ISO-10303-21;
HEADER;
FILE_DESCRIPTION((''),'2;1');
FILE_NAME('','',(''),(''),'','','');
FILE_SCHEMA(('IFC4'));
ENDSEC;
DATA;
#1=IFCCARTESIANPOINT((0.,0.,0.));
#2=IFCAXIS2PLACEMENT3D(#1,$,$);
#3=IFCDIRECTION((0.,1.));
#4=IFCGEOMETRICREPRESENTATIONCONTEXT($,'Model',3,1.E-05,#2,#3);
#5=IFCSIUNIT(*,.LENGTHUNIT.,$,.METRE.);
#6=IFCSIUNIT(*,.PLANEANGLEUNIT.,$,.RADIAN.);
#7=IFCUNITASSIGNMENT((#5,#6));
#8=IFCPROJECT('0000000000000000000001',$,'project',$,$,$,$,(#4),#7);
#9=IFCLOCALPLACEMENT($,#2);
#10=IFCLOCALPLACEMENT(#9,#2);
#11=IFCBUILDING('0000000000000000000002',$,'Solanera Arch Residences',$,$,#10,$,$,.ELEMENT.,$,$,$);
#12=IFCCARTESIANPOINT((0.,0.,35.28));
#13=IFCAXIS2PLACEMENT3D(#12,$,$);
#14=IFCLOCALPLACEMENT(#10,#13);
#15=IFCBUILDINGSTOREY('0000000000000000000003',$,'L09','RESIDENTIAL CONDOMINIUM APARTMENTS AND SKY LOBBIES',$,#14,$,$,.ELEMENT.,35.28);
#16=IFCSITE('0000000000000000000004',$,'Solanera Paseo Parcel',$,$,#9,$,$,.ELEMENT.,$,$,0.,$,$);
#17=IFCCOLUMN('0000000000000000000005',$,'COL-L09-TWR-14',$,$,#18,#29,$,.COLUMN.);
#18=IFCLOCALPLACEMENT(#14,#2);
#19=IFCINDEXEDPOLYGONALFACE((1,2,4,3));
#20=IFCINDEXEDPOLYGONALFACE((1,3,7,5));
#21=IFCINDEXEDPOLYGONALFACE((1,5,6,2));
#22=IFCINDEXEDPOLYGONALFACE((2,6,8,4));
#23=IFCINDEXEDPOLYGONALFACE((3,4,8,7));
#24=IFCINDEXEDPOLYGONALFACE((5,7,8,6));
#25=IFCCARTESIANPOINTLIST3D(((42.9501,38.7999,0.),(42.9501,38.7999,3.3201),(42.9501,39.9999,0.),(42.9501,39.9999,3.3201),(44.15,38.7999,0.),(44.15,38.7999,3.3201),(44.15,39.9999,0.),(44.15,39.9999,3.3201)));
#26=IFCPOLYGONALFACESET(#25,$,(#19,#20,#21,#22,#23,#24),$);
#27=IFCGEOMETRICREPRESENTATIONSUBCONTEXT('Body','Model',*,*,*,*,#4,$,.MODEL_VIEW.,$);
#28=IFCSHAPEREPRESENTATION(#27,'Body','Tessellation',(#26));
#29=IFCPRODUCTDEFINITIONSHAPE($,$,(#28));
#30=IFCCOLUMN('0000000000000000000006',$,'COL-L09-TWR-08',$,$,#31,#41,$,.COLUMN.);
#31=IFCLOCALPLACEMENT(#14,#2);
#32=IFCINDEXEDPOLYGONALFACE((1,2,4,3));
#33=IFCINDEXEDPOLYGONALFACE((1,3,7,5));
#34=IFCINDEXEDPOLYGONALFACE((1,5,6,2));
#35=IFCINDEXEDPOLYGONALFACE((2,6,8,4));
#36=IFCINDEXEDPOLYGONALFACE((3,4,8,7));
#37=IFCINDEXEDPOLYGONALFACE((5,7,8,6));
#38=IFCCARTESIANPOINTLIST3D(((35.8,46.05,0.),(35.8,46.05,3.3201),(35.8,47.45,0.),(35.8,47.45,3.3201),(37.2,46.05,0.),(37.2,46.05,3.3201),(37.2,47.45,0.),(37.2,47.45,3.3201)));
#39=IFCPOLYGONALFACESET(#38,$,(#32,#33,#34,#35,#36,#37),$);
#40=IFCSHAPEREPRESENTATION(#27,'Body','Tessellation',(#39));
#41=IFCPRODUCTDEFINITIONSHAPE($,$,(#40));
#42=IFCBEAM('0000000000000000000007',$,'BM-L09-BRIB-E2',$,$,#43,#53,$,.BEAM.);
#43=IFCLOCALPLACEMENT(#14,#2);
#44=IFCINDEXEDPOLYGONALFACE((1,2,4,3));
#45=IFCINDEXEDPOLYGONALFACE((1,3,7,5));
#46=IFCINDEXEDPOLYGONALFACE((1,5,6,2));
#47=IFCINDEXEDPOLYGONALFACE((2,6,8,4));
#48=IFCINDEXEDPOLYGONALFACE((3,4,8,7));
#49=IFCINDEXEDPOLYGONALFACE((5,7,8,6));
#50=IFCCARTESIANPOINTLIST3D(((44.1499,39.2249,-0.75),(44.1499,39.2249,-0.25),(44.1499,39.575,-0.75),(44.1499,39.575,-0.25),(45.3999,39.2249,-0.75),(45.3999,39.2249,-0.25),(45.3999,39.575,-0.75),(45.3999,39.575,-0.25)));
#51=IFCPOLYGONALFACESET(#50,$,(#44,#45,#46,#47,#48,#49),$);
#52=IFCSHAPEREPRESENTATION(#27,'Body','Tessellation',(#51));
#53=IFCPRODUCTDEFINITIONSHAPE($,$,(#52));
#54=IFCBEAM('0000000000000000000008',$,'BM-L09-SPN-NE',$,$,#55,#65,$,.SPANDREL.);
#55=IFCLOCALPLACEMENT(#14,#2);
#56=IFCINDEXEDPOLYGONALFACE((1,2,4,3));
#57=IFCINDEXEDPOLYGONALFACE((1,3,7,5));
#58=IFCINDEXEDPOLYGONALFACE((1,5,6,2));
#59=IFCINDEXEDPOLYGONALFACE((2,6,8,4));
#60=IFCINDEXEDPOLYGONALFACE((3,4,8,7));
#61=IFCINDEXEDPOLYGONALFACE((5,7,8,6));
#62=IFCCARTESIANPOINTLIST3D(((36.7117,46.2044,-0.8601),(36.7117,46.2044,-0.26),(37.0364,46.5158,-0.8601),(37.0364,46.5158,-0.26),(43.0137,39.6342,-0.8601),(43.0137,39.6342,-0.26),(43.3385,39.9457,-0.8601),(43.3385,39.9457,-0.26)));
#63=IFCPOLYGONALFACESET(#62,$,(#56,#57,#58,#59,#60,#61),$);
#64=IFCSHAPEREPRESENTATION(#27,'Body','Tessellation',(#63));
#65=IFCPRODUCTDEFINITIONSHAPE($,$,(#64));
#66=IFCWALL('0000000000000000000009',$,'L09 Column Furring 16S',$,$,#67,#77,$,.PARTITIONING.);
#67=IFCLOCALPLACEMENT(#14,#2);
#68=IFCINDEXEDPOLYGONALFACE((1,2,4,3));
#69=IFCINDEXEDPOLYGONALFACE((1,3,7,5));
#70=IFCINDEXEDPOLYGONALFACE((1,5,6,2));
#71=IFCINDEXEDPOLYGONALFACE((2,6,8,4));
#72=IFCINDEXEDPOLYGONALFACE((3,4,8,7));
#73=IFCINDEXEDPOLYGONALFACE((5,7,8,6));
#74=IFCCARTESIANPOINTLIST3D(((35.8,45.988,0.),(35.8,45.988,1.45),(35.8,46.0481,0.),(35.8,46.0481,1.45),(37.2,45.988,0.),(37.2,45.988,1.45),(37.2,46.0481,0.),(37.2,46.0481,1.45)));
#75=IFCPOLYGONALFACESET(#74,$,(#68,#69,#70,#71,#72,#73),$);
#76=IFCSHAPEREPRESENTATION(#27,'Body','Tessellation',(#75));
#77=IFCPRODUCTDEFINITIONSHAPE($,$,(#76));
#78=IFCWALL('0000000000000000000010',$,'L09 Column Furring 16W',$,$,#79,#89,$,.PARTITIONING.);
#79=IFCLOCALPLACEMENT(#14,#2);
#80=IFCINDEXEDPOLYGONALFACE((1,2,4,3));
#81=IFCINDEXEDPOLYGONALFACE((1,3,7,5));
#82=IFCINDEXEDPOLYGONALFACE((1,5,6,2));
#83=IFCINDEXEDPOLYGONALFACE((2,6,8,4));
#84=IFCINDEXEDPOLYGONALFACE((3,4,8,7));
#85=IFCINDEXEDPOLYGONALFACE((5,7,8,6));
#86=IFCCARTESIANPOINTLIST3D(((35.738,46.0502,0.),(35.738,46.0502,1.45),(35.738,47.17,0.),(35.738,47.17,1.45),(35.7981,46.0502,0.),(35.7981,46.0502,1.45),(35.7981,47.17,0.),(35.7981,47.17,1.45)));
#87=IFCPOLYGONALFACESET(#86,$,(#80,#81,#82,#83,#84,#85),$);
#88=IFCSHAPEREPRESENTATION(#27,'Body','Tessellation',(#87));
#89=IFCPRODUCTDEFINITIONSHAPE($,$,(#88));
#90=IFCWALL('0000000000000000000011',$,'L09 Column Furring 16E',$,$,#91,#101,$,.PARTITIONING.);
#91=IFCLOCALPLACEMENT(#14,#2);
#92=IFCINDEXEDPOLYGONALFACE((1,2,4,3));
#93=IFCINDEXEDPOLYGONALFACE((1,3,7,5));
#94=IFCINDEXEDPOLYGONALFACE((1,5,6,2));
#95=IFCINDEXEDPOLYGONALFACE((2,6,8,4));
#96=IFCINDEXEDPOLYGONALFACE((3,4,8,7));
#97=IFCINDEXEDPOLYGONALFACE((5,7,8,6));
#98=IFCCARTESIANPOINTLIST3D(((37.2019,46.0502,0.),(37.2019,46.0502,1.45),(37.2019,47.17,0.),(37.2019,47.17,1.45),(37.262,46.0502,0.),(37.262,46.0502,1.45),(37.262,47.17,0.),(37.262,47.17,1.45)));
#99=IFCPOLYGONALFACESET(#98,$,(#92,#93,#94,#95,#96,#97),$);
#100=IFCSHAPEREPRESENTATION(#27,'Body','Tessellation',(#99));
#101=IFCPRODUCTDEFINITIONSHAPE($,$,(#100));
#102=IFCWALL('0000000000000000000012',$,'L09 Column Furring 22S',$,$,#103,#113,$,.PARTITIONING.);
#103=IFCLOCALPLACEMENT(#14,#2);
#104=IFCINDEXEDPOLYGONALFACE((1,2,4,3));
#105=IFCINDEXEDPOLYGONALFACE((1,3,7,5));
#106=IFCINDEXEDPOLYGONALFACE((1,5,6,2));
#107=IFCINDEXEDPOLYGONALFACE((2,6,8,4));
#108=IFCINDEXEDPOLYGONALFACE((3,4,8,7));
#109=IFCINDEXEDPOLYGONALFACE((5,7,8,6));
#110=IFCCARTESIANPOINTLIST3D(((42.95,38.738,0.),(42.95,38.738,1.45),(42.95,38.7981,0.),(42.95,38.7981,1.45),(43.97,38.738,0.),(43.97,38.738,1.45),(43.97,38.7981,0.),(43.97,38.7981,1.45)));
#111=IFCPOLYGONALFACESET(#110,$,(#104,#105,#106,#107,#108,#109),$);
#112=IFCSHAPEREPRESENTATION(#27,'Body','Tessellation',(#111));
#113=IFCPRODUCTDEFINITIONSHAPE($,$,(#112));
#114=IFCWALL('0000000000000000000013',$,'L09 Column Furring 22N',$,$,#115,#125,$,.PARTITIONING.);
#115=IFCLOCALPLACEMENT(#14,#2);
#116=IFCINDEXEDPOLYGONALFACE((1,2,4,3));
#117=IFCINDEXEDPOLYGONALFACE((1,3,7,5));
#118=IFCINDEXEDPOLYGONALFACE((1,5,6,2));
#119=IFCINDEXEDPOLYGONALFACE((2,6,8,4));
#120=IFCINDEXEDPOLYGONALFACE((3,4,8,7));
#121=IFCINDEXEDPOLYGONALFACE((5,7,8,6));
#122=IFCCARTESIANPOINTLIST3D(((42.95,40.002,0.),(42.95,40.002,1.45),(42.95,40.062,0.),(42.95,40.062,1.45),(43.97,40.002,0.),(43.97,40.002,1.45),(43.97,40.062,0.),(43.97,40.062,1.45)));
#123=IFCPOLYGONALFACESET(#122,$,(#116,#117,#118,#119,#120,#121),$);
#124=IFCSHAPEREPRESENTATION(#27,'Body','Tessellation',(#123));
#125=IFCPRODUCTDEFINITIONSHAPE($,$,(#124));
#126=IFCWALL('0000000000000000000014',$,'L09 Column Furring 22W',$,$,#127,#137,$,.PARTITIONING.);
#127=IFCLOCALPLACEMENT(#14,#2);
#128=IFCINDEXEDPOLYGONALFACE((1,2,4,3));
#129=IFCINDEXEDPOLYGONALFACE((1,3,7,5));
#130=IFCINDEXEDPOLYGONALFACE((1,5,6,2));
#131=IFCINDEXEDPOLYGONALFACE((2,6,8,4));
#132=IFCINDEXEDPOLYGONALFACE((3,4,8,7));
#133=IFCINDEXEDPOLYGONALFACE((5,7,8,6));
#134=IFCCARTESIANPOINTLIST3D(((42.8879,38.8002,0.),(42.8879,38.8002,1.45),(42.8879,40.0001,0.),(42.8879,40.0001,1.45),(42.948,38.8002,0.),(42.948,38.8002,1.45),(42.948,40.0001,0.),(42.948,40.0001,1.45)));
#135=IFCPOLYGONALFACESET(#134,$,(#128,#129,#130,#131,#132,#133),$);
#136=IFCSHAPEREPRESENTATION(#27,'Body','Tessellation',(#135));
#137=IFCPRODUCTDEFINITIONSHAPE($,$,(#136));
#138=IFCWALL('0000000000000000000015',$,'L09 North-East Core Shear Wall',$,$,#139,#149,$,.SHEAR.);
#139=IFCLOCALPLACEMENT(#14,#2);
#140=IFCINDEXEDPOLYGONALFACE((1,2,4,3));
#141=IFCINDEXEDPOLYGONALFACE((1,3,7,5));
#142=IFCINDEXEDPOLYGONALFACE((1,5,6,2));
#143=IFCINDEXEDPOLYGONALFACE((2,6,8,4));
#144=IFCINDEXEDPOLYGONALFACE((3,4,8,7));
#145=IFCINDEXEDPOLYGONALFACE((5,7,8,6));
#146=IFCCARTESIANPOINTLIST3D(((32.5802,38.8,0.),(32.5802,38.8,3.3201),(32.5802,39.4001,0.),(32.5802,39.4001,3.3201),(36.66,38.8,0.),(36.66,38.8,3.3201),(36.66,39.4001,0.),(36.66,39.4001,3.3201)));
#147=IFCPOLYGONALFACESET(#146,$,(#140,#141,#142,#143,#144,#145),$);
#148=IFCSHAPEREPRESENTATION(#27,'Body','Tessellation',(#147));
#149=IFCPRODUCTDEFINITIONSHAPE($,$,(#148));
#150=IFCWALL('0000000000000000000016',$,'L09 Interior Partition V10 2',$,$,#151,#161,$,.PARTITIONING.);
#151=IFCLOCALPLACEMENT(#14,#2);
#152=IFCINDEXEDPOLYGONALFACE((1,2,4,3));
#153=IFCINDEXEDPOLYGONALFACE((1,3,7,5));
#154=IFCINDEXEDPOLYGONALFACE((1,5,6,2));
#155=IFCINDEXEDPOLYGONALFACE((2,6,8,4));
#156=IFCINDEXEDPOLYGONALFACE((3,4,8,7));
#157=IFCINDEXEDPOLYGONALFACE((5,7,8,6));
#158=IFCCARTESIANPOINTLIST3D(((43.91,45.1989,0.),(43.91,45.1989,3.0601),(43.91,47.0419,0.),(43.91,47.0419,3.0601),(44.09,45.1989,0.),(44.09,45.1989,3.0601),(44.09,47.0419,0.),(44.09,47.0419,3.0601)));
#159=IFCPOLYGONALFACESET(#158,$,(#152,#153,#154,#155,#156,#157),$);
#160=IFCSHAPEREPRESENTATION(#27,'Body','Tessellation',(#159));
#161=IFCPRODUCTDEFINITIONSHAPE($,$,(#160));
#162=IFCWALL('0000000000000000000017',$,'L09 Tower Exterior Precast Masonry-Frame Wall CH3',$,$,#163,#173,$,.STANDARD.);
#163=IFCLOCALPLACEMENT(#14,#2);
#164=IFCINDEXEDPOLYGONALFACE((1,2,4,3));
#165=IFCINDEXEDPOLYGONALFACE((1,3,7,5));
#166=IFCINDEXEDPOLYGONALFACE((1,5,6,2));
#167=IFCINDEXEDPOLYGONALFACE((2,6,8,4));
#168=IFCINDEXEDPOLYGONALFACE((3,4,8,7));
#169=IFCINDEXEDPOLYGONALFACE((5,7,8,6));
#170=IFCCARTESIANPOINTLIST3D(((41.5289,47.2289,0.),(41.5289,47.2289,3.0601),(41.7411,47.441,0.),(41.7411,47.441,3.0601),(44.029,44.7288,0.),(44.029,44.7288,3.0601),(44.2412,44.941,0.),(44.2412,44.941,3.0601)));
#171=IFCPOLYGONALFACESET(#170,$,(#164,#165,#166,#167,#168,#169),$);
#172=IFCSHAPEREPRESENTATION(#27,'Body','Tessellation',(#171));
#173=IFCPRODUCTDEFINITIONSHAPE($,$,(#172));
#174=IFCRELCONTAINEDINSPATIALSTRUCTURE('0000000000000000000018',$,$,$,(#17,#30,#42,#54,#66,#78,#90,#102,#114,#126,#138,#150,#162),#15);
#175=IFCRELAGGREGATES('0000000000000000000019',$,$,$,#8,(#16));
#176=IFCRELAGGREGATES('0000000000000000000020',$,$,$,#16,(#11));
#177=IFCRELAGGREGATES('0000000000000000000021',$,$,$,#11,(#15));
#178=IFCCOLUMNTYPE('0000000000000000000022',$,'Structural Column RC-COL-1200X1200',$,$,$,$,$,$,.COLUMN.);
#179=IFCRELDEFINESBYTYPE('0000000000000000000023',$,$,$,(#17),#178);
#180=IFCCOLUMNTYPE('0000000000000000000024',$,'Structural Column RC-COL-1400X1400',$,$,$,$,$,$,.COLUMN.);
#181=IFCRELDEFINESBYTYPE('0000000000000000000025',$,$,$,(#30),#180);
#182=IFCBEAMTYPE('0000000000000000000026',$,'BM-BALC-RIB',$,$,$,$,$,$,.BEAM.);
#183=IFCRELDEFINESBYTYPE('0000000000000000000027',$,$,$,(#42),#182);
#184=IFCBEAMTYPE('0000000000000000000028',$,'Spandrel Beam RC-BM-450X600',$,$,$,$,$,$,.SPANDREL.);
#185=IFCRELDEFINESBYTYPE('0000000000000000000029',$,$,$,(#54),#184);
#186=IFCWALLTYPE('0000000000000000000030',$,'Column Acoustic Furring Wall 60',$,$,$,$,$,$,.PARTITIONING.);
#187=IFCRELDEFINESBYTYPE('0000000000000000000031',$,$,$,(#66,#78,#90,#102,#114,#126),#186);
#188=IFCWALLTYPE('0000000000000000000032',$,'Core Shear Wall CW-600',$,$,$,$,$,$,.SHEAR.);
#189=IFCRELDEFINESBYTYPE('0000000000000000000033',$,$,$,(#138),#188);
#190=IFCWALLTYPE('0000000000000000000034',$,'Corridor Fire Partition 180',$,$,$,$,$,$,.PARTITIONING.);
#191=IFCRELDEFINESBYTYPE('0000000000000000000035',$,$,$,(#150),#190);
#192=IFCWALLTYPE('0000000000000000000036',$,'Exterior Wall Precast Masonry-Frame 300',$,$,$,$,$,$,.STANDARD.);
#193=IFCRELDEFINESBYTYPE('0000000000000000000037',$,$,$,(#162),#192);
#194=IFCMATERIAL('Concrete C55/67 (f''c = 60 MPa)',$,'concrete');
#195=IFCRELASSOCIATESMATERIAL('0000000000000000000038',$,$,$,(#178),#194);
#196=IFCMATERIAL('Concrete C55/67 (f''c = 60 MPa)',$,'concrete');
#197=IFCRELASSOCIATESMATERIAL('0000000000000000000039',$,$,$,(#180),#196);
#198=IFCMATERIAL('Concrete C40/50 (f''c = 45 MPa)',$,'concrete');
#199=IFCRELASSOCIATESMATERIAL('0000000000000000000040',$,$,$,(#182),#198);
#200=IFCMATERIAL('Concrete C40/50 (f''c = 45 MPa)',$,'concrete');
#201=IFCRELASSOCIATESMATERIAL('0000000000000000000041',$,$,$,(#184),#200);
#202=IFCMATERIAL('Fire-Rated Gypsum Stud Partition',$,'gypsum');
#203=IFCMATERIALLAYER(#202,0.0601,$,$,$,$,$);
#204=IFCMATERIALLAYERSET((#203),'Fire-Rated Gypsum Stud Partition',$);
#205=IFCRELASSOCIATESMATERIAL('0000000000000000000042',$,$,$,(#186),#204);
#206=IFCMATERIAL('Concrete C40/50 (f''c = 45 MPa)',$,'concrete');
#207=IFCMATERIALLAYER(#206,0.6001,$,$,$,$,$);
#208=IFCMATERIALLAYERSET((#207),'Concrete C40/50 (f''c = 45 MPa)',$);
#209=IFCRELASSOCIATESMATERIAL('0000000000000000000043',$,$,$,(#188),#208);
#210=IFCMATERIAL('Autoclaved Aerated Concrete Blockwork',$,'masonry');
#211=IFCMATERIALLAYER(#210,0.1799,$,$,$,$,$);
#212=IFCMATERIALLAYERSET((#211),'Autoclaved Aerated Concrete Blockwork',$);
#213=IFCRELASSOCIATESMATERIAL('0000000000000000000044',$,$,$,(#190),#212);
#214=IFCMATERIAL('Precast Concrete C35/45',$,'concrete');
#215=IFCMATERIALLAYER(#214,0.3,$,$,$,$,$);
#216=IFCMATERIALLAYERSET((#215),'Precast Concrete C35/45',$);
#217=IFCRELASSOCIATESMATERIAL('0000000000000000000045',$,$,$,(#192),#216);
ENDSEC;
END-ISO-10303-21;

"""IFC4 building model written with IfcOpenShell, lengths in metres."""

from ifc_helpers import new_model, si_unit, direction, frame, frame_2d, origin, origin_2d, place, context, subcontext, project, spatial, rectangle, extrude, material, layer, layer_set, material_profile, profile_set, type_object, element, save


model = new_model("IFC4")

# Units and contexts
model_context = context("Model", 3, precision=1e-05, world=origin(), true_north=direction((0.0, 1.0)))
body_context = subcontext(model_context, "Body", "Model", "MODEL_VIEW")
ifc_project = project(units=[si_unit("LENGTHUNIT", "METRE"), si_unit("PLANEANGLEUNIT", "RADIAN")], contexts=[model_context])

# Site, building, storey
site_placement = place(None, origin())
site = spatial("IfcSite", under=ifc_project, at=site_placement, Name="Solanera Paseo Parcel", CompositionType="ELEMENT", RefElevation=0.0)
building_placement = place(site_placement, origin())
building = spatial("IfcBuilding", under=site, at=building_placement, Name="Solanera Arch Residences", CompositionType="ELEMENT")
storey_placement = place(building_placement, frame((0.0, 0.0, 35.28)))
storey = spatial("IfcBuildingStorey", under=building, at=storey_placement, Name="L09", Description="RESIDENTIAL CONDOMINIUM APARTMENTS AND SKY LOBBIES", CompositionType="ELEMENT", Elevation=35.28)

# Columns
ifc_material_1 = material(Name="Concrete C55/67 (f'c = 60 MPa)", Category="concrete")
ifc_material_profile_1 = material_profile(ifc_material_1, rectangle(XDim=1.2, YDim=1.2, at=origin_2d()))
ifc_profile_set_1 = profile_set([ifc_material_profile_1], Name="Concrete C55/67 (f'c = 60 MPa)")
column_type_1 = type_object("IfcColumnType", Name="Structural Column RC-COL-1200X1200", PredefinedType="COLUMN", material=ifc_profile_set_1)
column_1_placement = place(storey_placement, frame((43.55, 39.3999, 0.0), z_axis=(0.0, 0.0, 1.0), x_axis=(1.0, 0.0, 0.0)))
element("IfcColumn", 1, at=column_1_placement, inside=storey, type_object=column_type_1, Name="COL-L09-TWR-14", PredefinedType="COLUMN", context=body_context, shape_type="SweptSolid", body=[
    extrude(rectangle(XDim=1.2, YDim=1.2, at=origin_2d()), origin(), (0.0, 0.0, 1.0), 3.3201),
])
ifc_material_2 = material(Name="Concrete C55/67 (f'c = 60 MPa)", Category="concrete")
ifc_material_profile_2 = material_profile(ifc_material_2, rectangle(XDim=1.3999, YDim=1.3999, at=origin_2d()))
ifc_profile_set_2 = profile_set([ifc_material_profile_2], Name="Concrete C55/67 (f'c = 60 MPa)")
column_type_2 = type_object("IfcColumnType", Name="Structural Column RC-COL-1400X1400", PredefinedType="COLUMN", material=ifc_profile_set_2)
column_2_placement = place(storey_placement, frame((36.5, 46.75, 0.0), z_axis=(0.0, 0.0, 1.0), x_axis=(1.0, 0.0, 0.0)))
element("IfcColumn", 2, at=column_2_placement, inside=storey, type_object=column_type_2, Name="COL-L09-TWR-08", PredefinedType="COLUMN", context=body_context, shape_type="SweptSolid", body=[
    extrude(rectangle(XDim=1.3999, YDim=1.3999, at=origin_2d()), origin(), (0.0, 0.0, 1.0), 3.3201),
])

# Beams
ifc_material_3 = material(Name="Concrete C40/50 (f'c = 45 MPa)", Category="concrete")
ifc_material_profile_3 = material_profile(ifc_material_3, rectangle(XDim=0.3501, YDim=0.5, at=origin_2d()))
ifc_profile_set_3 = profile_set([ifc_material_profile_3], Name="Concrete C40/50 (f'c = 45 MPa)")
beam_type_1 = type_object("IfcBeamType", Name="BM-BALC-RIB", PredefinedType="BEAM", material=ifc_profile_set_3)
beam_1_placement = place(storey_placement, frame((44.1499, 39.3999, -0.5), z_axis=(1.0, 0.0, 0.0), x_axis=(0.0, 1.0, 0.0)))
element("IfcBeam", 3, at=beam_1_placement, inside=storey, type_object=beam_type_1, Name="BM-L09-BRIB-E2", PredefinedType="BEAM", context=body_context, shape_type="SweptSolid", body=[
    extrude(rectangle(XDim=0.3501, YDim=0.5, at=origin_2d()), origin(), (0.0, 0.0, 1.0), 1.25),
])
ifc_material_4 = material(Name="Concrete C40/50 (f'c = 45 MPa)", Category="concrete")
ifc_material_profile_4 = material_profile(ifc_material_4, rectangle(XDim=0.45, YDim=0.6001, at=origin_2d()))
ifc_profile_set_4 = profile_set([ifc_material_profile_4], Name="Concrete C40/50 (f'c = 45 MPa)")
beam_type_2 = type_object("IfcBeamType", Name="Spandrel Beam RC-BM-450X600", PredefinedType="SPANDREL", material=ifc_profile_set_4)
beam_2_placement = place(storey_placement, frame((36.874, 46.3601, -0.5601), z_axis=(0.692231, -0.721676, 0.0), x_axis=(0.721676, 0.692231, 0.0)))
element("IfcBeam", 4, at=beam_2_placement, inside=storey, type_object=beam_type_2, Name="BM-L09-SPN-NE", PredefinedType="SPANDREL", context=body_context, shape_type="SweptSolid", body=[
    extrude(rectangle(XDim=0.45, YDim=0.6001, at=origin_2d()), origin(), (0.0, 0.0, 1.0), 9.104),
])

# Walls
ifc_material_5 = material(Name="Fire-Rated Gypsum Stud Partition", Category="gypsum")
ifc_layer_1 = layer(ifc_material_5, 0.0601)
ifc_layer_set_1 = layer_set([ifc_layer_1], Name="Fire-Rated Gypsum Stud Partition")
wall_type_1 = type_object("IfcWallType", Name="Column Acoustic Furring Wall 60", PredefinedType="PARTITIONING", material=ifc_layer_set_1)
wall_1_placement = place(storey_placement, frame((35.8, 46.0181, 0.0), z_axis=(0.0, 0.0, 1.0), x_axis=(1.0, 0.0, 0.0)))
element("IfcWall", 5, at=wall_1_placement, inside=storey, type_object=wall_type_1, Name="L09 Column Furring 16S", PredefinedType="PARTITIONING", context=body_context, shape_type="SweptSolid", body=[
    extrude(rectangle(XDim=1.3999, YDim=0.0601, at=frame_2d((0.7, 0.0))), origin(), (0.0, 0.0, 1.0), 1.45),
])
for number, where, z_axis, x_axis, name in (
    (6, (35.7681, 46.05, 0.0), (0.0, 0.0, 1.0), (0.0, 1.0, 0.0), "L09 Column Furring 16W"),
    (7, (37.2319, 46.05, 0.0), (0.0, 0.0, 1.0), (0.0, 1.0, 0.0), "L09 Column Furring 16E"),
):
    element("IfcWall", number, at=place(storey_placement, frame(where, z_axis=z_axis, x_axis=x_axis)), inside=storey, type_object=wall_type_1, Name=name, PredefinedType="PARTITIONING", context=body_context, shape_type="SweptSolid", body=[
        extrude(rectangle(XDim=1.1199, YDim=0.0601, at=frame_2d((0.5601, 0.0))), origin(), (0.0, 0.0, 1.0), 1.45),
    ])
for number, where, z_axis, x_axis, name in (
    (8, (42.95, 38.7681, 0.0), (0.0, 0.0, 1.0), (1.0, 0.0, 0.0), "L09 Column Furring 22S"),
    (9, (42.95, 40.032, 0.0), (0.0, 0.0, 1.0), (1.0, 0.0, 0.0), "L09 Column Furring 22N"),
):
    element("IfcWall", number, at=place(storey_placement, frame(where, z_axis=z_axis, x_axis=x_axis)), inside=storey, type_object=wall_type_1, Name=name, PredefinedType="PARTITIONING", context=body_context, shape_type="SweptSolid", body=[
        extrude(rectangle(XDim=1.02, YDim=0.0601, at=frame_2d((0.51, 0.0))), origin(), (0.0, 0.0, 1.0), 1.45),
    ])
wall_2_placement = place(storey_placement, frame((42.918, 38.8, 0.0), z_axis=(0.0, 0.0, 1.0), x_axis=(0.0, 1.0, 0.0)))
element("IfcWall", 10, at=wall_2_placement, inside=storey, type_object=wall_type_1, Name="L09 Column Furring 22W", PredefinedType="PARTITIONING", context=body_context, shape_type="SweptSolid", body=[
    extrude(rectangle(XDim=1.2, YDim=0.0601, at=frame_2d((0.6001, 0.0))), origin(), (0.0, 0.0, 1.0), 1.45),
])
ifc_material_6 = material(Name="Concrete C40/50 (f'c = 45 MPa)", Category="concrete")
ifc_layer_2 = layer(ifc_material_6, 0.6001)
ifc_layer_set_2 = layer_set([ifc_layer_2], Name="Concrete C40/50 (f'c = 45 MPa)")
wall_type_2 = type_object("IfcWallType", Name="Core Shear Wall CW-600", PredefinedType="SHEAR", material=ifc_layer_set_2)
wall_3_placement = place(storey_placement, frame((32.5801, 39.1001, 0.0), z_axis=(0.0, 0.0, 1.0), x_axis=(1.0, 0.0, 0.0)))
element("IfcWall", 11, at=wall_3_placement, inside=storey, type_object=wall_type_2, Name="L09 North-East Core Shear Wall", PredefinedType="SHEAR", context=body_context, shape_type="SweptSolid", body=[
    extrude(rectangle(XDim=4.0798, YDim=0.6001, at=frame_2d((2.04, 0.0))), origin(), (0.0, 0.0, 1.0), 3.3201),
])
ifc_material_7 = material(Name="Autoclaved Aerated Concrete Blockwork", Category="masonry")
ifc_layer_3 = layer(ifc_material_7, 0.1799)
ifc_layer_set_3 = layer_set([ifc_layer_3], Name="Autoclaved Aerated Concrete Blockwork")
wall_type_3 = type_object("IfcWallType", Name="Corridor Fire Partition 180", PredefinedType="PARTITIONING", material=ifc_layer_set_3)
wall_4_placement = place(storey_placement, frame((44.0, 45.199, 0.0), z_axis=(0.0, 0.0, 1.0), x_axis=(0.0, 1.0, 0.0)))
element("IfcWall", 12, at=wall_4_placement, inside=storey, type_object=wall_type_3, Name="L09 Interior Partition V10 2", PredefinedType="PARTITIONING", context=body_context, shape_type="SweptSolid", body=[
    extrude(rectangle(XDim=1.843, YDim=0.1799, at=frame_2d((0.9214, 0.0))), origin(), (0.0, 0.0, 1.0), 3.0601),
])
ifc_material_8 = material(Name="Precast Concrete C35/45", Category="concrete")
ifc_layer_4 = layer(ifc_material_8, 0.3)
ifc_layer_set_4 = layer_set([ifc_layer_4], Name="Precast Concrete C35/45")
wall_type_4 = type_object("IfcWallType", Name="Exterior Wall Precast Masonry-Frame 300", PredefinedType="STANDARD", material=ifc_layer_set_4)
wall_5_placement = place(storey_placement, frame((41.635, 47.335, 0.0), z_axis=(0.0, 0.0, 1.0), x_axis=(0.707107, -0.707107, 0.0)))
element("IfcWall", 13, at=wall_5_placement, inside=storey, type_object=wall_type_4, Name="L09 Tower Exterior Precast Masonry-Frame Wall CH3", PredefinedType="STANDARD", context=body_context, shape_type="SweptSolid", body=[
    extrude(rectangle(XDim=3.5356, YDim=0.3, at=frame_2d((1.7678, 0.0))), origin(), (0.0, 0.0, 1.0), 3.0601),
])

save(model, "model.ifc")
